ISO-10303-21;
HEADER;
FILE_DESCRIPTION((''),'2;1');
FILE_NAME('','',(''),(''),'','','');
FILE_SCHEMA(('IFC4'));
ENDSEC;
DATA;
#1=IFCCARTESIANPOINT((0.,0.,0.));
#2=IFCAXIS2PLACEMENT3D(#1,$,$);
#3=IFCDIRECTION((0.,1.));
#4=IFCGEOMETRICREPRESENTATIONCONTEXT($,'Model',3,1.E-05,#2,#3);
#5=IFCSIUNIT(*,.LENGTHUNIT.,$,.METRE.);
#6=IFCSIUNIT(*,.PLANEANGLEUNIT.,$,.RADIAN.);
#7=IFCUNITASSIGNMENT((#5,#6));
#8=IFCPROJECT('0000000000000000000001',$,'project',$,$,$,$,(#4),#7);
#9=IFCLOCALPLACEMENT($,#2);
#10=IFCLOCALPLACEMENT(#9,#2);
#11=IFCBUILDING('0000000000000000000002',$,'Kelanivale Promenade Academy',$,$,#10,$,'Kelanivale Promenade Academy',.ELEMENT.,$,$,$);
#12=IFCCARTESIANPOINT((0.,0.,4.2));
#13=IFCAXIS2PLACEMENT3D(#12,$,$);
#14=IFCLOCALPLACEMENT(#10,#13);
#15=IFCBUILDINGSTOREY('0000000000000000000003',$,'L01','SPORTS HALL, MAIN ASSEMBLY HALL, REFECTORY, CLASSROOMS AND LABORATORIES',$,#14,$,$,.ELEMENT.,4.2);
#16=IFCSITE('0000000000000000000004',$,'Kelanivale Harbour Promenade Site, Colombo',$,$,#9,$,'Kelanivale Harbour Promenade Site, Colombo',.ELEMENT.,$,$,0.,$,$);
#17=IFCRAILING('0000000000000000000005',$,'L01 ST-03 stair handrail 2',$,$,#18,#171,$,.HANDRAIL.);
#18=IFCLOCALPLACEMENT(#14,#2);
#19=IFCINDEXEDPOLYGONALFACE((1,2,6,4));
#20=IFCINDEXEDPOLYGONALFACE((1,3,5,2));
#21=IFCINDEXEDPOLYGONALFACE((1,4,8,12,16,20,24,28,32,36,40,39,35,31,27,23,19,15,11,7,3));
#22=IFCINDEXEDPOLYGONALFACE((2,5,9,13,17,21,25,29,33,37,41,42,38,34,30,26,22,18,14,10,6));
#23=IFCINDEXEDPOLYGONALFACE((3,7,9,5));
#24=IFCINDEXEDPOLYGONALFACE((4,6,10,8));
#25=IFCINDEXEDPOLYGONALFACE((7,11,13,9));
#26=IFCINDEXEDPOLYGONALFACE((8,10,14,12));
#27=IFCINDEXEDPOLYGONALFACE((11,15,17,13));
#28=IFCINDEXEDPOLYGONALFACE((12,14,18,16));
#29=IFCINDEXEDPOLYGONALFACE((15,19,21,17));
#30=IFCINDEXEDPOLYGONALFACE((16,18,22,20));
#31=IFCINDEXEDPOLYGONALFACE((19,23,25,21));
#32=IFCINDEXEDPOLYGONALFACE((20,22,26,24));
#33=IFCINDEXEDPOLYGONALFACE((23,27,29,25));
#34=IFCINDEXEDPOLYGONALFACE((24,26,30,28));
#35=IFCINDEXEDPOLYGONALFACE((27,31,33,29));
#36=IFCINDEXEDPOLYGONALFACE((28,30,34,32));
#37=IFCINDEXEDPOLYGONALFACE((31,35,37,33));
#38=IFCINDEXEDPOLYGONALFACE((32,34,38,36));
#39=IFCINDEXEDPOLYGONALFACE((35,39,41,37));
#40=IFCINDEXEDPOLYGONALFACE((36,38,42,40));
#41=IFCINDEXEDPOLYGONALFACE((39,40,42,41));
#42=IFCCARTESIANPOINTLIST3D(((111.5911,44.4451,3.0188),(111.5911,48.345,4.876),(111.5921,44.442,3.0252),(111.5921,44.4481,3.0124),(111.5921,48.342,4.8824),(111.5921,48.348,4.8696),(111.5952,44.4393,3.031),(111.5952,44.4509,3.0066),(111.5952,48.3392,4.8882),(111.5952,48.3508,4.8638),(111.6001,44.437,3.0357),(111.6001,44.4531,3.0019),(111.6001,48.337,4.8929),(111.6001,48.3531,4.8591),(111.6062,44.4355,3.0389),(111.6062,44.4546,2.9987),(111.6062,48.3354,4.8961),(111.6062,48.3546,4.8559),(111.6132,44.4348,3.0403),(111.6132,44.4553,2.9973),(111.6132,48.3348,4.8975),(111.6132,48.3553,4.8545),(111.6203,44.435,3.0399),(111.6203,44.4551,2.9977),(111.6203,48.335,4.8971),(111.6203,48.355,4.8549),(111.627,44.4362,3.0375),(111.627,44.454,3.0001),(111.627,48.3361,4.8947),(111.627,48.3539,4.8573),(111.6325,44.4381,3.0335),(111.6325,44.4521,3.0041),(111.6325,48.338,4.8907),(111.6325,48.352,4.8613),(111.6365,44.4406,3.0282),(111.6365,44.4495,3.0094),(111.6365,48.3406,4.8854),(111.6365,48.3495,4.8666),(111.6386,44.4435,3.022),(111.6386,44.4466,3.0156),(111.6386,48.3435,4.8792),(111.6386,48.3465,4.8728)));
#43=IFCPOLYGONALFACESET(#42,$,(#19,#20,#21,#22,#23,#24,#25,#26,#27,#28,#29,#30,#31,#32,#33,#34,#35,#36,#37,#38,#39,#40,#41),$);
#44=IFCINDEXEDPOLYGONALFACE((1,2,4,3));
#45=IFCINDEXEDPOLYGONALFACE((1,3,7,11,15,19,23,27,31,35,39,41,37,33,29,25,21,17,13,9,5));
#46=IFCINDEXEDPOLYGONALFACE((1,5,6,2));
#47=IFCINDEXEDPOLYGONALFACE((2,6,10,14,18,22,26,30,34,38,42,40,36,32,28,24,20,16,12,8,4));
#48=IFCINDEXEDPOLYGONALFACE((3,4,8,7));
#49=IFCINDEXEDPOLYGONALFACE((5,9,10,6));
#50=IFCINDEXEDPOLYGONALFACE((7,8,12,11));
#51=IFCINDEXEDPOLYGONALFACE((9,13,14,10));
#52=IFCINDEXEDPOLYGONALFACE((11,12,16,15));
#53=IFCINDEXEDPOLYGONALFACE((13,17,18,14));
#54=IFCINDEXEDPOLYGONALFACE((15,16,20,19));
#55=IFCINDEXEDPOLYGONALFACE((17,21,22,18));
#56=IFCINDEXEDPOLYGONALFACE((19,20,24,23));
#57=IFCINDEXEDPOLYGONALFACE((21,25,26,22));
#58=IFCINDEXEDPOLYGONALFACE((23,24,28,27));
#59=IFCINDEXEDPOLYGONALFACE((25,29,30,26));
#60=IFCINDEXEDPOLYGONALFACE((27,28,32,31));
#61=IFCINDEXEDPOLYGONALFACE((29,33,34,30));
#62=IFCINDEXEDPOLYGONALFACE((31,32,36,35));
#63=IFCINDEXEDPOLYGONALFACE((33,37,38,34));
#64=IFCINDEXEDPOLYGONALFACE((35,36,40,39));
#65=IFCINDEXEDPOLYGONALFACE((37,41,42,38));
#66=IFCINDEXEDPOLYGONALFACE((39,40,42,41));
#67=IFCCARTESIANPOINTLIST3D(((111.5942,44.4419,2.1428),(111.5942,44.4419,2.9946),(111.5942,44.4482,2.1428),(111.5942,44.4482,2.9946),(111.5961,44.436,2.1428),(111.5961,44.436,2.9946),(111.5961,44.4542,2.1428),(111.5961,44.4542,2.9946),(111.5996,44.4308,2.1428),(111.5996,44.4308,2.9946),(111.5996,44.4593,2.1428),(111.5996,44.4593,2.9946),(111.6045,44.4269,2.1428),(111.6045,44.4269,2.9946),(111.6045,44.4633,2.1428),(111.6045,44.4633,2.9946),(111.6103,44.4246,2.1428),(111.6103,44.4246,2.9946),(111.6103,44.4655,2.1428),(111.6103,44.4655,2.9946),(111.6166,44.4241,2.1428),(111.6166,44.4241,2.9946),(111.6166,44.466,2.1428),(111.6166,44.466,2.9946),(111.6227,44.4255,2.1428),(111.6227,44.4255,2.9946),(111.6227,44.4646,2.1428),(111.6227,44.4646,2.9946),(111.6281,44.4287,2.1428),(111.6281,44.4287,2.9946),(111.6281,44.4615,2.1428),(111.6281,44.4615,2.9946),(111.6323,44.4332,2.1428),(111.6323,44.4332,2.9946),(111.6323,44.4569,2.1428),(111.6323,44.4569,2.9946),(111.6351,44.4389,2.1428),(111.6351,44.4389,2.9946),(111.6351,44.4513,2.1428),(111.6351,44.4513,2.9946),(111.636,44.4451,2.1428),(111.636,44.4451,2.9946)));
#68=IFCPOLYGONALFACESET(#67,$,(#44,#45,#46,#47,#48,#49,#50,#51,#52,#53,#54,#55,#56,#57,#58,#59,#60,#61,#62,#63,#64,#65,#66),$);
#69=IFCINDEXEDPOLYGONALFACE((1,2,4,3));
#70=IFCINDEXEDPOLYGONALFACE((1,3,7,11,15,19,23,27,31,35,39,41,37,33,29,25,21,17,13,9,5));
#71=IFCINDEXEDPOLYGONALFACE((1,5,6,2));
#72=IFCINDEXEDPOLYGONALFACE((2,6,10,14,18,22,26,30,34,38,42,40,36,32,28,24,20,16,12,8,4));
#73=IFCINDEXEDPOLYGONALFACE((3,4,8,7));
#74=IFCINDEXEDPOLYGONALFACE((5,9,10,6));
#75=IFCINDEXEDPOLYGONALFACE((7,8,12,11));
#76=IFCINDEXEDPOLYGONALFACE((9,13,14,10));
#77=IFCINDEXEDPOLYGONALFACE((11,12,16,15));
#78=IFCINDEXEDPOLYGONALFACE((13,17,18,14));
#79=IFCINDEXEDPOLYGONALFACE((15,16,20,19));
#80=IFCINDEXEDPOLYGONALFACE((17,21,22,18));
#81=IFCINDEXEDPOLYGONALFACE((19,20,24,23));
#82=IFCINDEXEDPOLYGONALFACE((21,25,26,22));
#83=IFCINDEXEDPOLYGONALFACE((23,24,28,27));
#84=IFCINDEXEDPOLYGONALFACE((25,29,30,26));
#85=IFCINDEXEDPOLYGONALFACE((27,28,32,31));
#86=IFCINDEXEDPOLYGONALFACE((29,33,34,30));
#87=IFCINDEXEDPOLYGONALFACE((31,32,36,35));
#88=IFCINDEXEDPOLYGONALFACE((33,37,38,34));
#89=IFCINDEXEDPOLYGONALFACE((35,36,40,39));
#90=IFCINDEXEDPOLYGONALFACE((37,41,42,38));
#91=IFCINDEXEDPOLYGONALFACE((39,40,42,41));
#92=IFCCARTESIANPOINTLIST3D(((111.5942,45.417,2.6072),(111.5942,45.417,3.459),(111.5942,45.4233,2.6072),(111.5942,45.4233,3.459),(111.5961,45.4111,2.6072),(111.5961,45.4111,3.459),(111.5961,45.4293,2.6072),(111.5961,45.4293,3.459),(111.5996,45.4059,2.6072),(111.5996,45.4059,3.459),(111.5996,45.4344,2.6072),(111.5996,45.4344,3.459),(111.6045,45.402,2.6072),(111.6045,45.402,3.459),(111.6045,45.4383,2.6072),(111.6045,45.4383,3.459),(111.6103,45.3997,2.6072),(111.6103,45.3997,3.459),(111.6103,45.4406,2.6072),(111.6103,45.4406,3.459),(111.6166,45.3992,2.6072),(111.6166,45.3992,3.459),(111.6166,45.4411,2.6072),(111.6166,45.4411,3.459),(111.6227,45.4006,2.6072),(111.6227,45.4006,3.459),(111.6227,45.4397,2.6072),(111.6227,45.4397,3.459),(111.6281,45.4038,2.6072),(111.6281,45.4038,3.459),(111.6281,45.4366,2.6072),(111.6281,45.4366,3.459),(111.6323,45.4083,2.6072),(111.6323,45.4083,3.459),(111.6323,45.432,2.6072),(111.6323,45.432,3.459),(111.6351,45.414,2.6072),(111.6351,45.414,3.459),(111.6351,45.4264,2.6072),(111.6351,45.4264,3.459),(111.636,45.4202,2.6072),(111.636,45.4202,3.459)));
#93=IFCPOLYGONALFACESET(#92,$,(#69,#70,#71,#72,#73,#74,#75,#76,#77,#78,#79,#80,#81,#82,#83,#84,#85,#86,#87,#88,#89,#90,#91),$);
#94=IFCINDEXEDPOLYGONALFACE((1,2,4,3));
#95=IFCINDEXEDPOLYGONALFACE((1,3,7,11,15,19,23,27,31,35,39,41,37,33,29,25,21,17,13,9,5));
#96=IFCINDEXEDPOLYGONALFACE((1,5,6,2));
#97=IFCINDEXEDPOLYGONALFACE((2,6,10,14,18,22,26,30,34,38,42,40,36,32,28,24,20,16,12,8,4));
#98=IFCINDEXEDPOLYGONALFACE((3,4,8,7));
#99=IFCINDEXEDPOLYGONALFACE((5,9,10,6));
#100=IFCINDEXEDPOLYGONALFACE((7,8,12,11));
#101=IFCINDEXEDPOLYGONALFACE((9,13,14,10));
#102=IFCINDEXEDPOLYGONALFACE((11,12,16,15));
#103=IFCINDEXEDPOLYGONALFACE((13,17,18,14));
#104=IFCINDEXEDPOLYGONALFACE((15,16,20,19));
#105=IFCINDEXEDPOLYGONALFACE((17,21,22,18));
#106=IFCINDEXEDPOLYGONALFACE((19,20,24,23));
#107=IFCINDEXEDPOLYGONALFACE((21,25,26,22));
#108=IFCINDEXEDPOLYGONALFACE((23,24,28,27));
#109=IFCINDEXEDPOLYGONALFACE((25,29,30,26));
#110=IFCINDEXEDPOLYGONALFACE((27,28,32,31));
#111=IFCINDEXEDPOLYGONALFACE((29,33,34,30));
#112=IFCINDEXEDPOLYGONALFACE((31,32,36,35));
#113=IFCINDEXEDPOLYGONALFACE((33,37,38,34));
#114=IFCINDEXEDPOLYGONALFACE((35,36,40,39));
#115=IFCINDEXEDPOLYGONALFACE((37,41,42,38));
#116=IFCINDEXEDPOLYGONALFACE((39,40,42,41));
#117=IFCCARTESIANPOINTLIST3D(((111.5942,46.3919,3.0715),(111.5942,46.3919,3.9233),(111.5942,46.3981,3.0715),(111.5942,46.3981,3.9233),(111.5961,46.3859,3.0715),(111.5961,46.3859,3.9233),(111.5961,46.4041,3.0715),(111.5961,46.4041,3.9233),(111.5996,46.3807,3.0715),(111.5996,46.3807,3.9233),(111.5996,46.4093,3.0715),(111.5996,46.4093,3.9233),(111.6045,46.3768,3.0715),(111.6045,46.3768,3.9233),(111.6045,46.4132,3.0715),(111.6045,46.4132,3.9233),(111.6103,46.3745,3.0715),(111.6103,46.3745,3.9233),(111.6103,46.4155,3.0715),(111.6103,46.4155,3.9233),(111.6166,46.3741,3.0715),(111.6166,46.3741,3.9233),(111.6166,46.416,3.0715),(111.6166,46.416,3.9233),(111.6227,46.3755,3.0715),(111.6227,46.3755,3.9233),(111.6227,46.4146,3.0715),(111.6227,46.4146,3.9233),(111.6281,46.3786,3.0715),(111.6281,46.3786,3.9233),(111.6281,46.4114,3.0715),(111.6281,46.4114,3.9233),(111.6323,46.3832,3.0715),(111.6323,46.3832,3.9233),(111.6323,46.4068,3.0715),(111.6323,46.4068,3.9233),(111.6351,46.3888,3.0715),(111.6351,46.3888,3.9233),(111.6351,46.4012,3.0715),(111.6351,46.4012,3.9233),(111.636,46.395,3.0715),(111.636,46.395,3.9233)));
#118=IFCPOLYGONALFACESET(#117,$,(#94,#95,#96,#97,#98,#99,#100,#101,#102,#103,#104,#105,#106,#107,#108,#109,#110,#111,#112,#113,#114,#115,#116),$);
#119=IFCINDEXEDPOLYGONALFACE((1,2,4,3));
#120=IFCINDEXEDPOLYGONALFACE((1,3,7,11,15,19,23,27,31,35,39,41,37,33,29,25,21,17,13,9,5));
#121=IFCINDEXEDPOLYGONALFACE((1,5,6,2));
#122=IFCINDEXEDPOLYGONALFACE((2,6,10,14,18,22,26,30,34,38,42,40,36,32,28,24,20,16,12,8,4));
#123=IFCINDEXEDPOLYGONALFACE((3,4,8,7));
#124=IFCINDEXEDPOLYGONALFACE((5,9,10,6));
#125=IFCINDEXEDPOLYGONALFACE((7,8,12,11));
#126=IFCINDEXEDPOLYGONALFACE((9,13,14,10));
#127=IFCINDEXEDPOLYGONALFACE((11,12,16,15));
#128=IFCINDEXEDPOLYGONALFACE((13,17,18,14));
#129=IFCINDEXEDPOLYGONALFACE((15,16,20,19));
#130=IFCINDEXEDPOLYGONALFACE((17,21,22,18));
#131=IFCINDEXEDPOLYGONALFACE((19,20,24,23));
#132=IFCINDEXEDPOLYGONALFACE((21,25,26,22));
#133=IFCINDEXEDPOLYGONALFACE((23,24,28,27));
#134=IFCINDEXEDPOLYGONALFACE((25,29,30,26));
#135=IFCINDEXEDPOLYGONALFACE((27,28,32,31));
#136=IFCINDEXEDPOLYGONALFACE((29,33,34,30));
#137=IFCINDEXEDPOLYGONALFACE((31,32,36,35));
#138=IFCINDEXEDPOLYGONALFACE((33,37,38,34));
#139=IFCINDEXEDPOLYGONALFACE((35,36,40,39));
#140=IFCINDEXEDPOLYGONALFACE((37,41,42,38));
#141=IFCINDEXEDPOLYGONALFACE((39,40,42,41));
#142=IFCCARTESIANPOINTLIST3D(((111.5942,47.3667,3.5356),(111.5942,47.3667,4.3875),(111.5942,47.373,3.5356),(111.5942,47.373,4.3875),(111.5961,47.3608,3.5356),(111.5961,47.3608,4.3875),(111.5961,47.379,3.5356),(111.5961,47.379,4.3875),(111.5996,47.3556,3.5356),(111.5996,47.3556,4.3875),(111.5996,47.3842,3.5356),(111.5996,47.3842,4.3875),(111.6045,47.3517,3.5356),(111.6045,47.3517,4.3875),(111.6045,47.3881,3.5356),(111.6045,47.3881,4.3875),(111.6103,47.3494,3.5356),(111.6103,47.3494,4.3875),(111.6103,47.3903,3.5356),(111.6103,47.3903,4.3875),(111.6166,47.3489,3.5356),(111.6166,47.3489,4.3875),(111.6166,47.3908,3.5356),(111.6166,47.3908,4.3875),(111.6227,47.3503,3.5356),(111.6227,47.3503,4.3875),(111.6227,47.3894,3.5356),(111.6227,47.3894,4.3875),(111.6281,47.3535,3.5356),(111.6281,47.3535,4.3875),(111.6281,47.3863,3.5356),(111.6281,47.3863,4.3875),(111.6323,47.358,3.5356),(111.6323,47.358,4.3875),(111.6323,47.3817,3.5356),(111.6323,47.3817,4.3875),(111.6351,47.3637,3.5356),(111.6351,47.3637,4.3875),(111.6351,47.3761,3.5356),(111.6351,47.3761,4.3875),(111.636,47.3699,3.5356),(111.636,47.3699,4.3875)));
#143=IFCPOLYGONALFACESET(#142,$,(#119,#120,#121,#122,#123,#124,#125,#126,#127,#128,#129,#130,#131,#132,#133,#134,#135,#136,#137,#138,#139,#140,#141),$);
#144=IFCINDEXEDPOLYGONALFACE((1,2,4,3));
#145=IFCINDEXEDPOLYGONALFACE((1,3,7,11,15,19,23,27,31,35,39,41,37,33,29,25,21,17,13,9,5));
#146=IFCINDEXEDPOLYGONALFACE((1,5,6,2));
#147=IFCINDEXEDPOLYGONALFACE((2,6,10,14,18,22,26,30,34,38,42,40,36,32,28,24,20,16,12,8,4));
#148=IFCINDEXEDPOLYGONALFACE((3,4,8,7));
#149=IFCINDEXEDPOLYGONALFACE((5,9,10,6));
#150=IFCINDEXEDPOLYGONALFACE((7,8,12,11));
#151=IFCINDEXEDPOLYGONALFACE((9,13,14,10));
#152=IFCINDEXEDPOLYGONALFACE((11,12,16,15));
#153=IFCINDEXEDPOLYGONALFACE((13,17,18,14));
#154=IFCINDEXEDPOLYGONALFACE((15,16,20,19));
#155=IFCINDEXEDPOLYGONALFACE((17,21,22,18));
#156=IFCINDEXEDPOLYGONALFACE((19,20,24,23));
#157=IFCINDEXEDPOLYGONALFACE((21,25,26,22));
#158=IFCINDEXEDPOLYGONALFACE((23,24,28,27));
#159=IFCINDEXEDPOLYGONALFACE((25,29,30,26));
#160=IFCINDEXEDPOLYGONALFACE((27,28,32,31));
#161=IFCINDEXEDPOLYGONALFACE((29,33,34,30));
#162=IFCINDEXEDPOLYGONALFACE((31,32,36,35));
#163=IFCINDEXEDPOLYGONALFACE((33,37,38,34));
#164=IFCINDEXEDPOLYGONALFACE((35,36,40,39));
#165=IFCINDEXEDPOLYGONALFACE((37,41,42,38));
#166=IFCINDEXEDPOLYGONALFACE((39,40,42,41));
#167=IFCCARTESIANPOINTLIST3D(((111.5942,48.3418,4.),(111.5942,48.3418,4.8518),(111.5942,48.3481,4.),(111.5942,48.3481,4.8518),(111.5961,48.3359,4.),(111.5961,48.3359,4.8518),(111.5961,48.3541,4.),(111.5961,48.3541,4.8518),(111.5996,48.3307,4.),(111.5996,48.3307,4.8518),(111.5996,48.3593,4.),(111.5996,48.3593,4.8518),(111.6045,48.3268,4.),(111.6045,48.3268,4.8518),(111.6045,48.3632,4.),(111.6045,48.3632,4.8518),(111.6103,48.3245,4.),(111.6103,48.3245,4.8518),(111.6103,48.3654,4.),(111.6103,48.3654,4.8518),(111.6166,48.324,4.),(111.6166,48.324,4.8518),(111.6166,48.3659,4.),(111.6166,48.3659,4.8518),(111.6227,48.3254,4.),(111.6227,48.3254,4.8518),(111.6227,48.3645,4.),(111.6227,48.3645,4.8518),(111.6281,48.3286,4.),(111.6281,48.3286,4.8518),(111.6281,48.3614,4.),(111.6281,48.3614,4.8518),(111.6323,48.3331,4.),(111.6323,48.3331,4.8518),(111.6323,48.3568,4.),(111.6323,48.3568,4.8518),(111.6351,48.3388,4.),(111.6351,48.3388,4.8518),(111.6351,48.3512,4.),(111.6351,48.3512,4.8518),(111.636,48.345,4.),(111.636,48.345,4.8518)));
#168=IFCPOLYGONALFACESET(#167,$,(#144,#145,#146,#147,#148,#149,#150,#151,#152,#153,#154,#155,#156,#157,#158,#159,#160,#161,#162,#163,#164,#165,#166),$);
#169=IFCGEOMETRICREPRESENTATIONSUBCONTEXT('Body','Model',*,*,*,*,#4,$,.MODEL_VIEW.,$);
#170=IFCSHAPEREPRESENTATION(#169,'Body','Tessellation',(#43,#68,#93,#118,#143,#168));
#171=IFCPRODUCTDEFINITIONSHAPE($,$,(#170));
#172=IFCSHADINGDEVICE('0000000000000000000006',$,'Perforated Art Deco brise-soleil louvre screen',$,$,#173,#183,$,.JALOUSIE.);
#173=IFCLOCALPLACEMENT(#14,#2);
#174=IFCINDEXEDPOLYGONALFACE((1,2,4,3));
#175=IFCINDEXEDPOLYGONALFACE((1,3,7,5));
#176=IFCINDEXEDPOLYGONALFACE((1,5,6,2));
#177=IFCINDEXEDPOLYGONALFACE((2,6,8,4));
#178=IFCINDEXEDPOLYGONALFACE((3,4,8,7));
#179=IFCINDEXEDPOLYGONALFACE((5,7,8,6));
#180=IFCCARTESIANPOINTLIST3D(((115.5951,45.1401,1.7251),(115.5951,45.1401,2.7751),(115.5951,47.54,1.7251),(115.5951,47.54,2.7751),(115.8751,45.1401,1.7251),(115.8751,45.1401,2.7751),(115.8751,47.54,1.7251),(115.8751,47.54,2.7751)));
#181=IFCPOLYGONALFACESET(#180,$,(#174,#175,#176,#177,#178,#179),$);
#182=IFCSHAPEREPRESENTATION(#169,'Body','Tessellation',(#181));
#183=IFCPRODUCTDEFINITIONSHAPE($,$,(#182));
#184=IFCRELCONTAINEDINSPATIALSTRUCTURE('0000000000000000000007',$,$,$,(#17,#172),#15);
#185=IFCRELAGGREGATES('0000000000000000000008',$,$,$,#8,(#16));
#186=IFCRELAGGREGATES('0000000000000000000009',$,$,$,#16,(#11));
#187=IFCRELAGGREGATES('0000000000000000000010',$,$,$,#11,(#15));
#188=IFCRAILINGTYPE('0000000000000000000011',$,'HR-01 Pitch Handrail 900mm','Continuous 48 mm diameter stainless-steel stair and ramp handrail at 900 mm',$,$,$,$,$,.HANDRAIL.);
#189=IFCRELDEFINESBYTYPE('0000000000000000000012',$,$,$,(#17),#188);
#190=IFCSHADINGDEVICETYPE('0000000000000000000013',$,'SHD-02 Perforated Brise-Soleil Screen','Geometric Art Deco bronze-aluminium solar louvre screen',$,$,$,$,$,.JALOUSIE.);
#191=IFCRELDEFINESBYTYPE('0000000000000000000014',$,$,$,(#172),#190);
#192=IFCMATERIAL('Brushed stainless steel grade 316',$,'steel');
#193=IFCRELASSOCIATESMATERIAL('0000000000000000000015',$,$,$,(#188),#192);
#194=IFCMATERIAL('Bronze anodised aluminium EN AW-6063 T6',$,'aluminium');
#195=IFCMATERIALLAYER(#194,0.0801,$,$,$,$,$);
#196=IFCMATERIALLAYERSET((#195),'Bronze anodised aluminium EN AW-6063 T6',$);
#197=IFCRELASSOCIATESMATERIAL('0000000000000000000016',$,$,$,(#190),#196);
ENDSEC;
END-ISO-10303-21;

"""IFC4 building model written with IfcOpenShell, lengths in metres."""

from ifc_helpers import new_model, si_unit, direction, frame, origin, origin_2d, place, context, subcontext, project, spatial, rectangle, circle, extrude, material, layer, layer_set, type_object, element, save


model = new_model("IFC4")

# Units and contexts
model_context = context("Model", 3, precision=1e-05, world=origin(), true_north=direction((0.0, 1.0)))
body_context = subcontext(model_context, "Body", "Model", "MODEL_VIEW")
ifc_project = project(units=[si_unit("LENGTHUNIT", "METRE"), si_unit("PLANEANGLEUNIT", "RADIAN")], contexts=[model_context])

# Site, building, storey
site_placement = place(None, origin())
site = spatial("IfcSite", under=ifc_project, at=site_placement, Name="Kelanivale Harbour Promenade Site, Colombo", LongName="Kelanivale Harbour Promenade Site, Colombo", CompositionType="ELEMENT", RefElevation=0.0)
building_placement = place(site_placement, origin())
building = spatial("IfcBuilding", under=site, at=building_placement, Name="Kelanivale Promenade Academy", LongName="Kelanivale Promenade Academy", CompositionType="ELEMENT")
storey_placement = place(building_placement, frame((0.0, 0.0, 4.2)))
storey = spatial("IfcBuildingStorey", under=building, at=storey_placement, Name="L01", Description="SPORTS HALL, MAIN ASSEMBLY HALL, REFECTORY, CLASSROOMS AND LABORATORIES", CompositionType="ELEMENT", Elevation=4.2)

# Railing
ifc_material_1 = material(Name="Brushed stainless steel grade 316", Category="steel")
railing_type_1 = type_object("IfcRailingType", Name="HR-01 Pitch Handrail 900mm", Description="Continuous 48 mm diameter stainless-steel stair and ramp handrail at 900 mm", PredefinedType="HANDRAIL", material=ifc_material_1)
railing_1_placement = place(storey_placement, frame((111.615, 44.4451, 2.1428)))
element("IfcRailing", 1, at=railing_1_placement, inside=storey, type_object=railing_type_1, Name="L01 ST-03 stair handrail 2", PredefinedType="HANDRAIL", context=body_context, shape_type="SweptSolid", body=[
    extrude(circle(Radius=0.0239, at=origin_2d()), frame((0.0, 0.0, 0.876), z_axis=(0.0, 0.902853, 0.429949), x_axis=(-1.0, 0.0, 0.0)), (0.0, 0.0, 1.0), 4.3196),
    extrude(circle(Radius=0.021, at=origin_2d()), origin(), (0.0, 0.0, 1.0), 0.8518),
    extrude(circle(Radius=0.021, at=origin_2d()), frame((0.0, 0.9751, 0.4644)), (0.0, 0.0, 1.0), 0.8518),
    extrude(circle(Radius=0.021, at=origin_2d()), frame((0.0, 1.95, 0.9287)), (0.0, 0.0, 1.0), 0.8518),
    extrude(circle(Radius=0.021, at=origin_2d()), frame((0.0, 2.9248, 1.3928)), (0.0, 0.0, 1.0), 0.8518),
    extrude(circle(Radius=0.021, at=origin_2d()), frame((0.0, 3.8999, 1.8572)), (0.0, 0.0, 1.0), 0.8518),
])

# Shading device
ifc_material_2 = material(Name="Bronze anodised aluminium EN AW-6063 T6", Category="aluminium")
ifc_layer_1 = layer(ifc_material_2, 0.0801)
ifc_layer_set_1 = layer_set([ifc_layer_1], Name="Bronze anodised aluminium EN AW-6063 T6")
shading_device_type = type_object("IfcShadingDeviceType", Name="SHD-02 Perforated Brise-Soleil Screen", Description="Geometric Art Deco bronze-aluminium solar louvre screen", PredefinedType="JALOUSIE", material=ifc_layer_set_1)
shading_device_placement = place(storey_placement, frame((115.7351, 46.3401, 1.7251), z_axis=(0.0, 0.0, 1.0), x_axis=(0.0, 1.0, 0.0)))
element("IfcShadingDevice", 2, at=shading_device_placement, inside=storey, type_object=shading_device_type, Name="Perforated Art Deco brise-soleil louvre screen", PredefinedType="JALOUSIE", context=body_context, shape_type="SweptSolid", body=[
    extrude(rectangle(XDim=2.3999, YDim=0.28, at=origin_2d()), origin(), (0.0, 0.0, 1.0), 1.05),
])

save(model, "model.ifc")
